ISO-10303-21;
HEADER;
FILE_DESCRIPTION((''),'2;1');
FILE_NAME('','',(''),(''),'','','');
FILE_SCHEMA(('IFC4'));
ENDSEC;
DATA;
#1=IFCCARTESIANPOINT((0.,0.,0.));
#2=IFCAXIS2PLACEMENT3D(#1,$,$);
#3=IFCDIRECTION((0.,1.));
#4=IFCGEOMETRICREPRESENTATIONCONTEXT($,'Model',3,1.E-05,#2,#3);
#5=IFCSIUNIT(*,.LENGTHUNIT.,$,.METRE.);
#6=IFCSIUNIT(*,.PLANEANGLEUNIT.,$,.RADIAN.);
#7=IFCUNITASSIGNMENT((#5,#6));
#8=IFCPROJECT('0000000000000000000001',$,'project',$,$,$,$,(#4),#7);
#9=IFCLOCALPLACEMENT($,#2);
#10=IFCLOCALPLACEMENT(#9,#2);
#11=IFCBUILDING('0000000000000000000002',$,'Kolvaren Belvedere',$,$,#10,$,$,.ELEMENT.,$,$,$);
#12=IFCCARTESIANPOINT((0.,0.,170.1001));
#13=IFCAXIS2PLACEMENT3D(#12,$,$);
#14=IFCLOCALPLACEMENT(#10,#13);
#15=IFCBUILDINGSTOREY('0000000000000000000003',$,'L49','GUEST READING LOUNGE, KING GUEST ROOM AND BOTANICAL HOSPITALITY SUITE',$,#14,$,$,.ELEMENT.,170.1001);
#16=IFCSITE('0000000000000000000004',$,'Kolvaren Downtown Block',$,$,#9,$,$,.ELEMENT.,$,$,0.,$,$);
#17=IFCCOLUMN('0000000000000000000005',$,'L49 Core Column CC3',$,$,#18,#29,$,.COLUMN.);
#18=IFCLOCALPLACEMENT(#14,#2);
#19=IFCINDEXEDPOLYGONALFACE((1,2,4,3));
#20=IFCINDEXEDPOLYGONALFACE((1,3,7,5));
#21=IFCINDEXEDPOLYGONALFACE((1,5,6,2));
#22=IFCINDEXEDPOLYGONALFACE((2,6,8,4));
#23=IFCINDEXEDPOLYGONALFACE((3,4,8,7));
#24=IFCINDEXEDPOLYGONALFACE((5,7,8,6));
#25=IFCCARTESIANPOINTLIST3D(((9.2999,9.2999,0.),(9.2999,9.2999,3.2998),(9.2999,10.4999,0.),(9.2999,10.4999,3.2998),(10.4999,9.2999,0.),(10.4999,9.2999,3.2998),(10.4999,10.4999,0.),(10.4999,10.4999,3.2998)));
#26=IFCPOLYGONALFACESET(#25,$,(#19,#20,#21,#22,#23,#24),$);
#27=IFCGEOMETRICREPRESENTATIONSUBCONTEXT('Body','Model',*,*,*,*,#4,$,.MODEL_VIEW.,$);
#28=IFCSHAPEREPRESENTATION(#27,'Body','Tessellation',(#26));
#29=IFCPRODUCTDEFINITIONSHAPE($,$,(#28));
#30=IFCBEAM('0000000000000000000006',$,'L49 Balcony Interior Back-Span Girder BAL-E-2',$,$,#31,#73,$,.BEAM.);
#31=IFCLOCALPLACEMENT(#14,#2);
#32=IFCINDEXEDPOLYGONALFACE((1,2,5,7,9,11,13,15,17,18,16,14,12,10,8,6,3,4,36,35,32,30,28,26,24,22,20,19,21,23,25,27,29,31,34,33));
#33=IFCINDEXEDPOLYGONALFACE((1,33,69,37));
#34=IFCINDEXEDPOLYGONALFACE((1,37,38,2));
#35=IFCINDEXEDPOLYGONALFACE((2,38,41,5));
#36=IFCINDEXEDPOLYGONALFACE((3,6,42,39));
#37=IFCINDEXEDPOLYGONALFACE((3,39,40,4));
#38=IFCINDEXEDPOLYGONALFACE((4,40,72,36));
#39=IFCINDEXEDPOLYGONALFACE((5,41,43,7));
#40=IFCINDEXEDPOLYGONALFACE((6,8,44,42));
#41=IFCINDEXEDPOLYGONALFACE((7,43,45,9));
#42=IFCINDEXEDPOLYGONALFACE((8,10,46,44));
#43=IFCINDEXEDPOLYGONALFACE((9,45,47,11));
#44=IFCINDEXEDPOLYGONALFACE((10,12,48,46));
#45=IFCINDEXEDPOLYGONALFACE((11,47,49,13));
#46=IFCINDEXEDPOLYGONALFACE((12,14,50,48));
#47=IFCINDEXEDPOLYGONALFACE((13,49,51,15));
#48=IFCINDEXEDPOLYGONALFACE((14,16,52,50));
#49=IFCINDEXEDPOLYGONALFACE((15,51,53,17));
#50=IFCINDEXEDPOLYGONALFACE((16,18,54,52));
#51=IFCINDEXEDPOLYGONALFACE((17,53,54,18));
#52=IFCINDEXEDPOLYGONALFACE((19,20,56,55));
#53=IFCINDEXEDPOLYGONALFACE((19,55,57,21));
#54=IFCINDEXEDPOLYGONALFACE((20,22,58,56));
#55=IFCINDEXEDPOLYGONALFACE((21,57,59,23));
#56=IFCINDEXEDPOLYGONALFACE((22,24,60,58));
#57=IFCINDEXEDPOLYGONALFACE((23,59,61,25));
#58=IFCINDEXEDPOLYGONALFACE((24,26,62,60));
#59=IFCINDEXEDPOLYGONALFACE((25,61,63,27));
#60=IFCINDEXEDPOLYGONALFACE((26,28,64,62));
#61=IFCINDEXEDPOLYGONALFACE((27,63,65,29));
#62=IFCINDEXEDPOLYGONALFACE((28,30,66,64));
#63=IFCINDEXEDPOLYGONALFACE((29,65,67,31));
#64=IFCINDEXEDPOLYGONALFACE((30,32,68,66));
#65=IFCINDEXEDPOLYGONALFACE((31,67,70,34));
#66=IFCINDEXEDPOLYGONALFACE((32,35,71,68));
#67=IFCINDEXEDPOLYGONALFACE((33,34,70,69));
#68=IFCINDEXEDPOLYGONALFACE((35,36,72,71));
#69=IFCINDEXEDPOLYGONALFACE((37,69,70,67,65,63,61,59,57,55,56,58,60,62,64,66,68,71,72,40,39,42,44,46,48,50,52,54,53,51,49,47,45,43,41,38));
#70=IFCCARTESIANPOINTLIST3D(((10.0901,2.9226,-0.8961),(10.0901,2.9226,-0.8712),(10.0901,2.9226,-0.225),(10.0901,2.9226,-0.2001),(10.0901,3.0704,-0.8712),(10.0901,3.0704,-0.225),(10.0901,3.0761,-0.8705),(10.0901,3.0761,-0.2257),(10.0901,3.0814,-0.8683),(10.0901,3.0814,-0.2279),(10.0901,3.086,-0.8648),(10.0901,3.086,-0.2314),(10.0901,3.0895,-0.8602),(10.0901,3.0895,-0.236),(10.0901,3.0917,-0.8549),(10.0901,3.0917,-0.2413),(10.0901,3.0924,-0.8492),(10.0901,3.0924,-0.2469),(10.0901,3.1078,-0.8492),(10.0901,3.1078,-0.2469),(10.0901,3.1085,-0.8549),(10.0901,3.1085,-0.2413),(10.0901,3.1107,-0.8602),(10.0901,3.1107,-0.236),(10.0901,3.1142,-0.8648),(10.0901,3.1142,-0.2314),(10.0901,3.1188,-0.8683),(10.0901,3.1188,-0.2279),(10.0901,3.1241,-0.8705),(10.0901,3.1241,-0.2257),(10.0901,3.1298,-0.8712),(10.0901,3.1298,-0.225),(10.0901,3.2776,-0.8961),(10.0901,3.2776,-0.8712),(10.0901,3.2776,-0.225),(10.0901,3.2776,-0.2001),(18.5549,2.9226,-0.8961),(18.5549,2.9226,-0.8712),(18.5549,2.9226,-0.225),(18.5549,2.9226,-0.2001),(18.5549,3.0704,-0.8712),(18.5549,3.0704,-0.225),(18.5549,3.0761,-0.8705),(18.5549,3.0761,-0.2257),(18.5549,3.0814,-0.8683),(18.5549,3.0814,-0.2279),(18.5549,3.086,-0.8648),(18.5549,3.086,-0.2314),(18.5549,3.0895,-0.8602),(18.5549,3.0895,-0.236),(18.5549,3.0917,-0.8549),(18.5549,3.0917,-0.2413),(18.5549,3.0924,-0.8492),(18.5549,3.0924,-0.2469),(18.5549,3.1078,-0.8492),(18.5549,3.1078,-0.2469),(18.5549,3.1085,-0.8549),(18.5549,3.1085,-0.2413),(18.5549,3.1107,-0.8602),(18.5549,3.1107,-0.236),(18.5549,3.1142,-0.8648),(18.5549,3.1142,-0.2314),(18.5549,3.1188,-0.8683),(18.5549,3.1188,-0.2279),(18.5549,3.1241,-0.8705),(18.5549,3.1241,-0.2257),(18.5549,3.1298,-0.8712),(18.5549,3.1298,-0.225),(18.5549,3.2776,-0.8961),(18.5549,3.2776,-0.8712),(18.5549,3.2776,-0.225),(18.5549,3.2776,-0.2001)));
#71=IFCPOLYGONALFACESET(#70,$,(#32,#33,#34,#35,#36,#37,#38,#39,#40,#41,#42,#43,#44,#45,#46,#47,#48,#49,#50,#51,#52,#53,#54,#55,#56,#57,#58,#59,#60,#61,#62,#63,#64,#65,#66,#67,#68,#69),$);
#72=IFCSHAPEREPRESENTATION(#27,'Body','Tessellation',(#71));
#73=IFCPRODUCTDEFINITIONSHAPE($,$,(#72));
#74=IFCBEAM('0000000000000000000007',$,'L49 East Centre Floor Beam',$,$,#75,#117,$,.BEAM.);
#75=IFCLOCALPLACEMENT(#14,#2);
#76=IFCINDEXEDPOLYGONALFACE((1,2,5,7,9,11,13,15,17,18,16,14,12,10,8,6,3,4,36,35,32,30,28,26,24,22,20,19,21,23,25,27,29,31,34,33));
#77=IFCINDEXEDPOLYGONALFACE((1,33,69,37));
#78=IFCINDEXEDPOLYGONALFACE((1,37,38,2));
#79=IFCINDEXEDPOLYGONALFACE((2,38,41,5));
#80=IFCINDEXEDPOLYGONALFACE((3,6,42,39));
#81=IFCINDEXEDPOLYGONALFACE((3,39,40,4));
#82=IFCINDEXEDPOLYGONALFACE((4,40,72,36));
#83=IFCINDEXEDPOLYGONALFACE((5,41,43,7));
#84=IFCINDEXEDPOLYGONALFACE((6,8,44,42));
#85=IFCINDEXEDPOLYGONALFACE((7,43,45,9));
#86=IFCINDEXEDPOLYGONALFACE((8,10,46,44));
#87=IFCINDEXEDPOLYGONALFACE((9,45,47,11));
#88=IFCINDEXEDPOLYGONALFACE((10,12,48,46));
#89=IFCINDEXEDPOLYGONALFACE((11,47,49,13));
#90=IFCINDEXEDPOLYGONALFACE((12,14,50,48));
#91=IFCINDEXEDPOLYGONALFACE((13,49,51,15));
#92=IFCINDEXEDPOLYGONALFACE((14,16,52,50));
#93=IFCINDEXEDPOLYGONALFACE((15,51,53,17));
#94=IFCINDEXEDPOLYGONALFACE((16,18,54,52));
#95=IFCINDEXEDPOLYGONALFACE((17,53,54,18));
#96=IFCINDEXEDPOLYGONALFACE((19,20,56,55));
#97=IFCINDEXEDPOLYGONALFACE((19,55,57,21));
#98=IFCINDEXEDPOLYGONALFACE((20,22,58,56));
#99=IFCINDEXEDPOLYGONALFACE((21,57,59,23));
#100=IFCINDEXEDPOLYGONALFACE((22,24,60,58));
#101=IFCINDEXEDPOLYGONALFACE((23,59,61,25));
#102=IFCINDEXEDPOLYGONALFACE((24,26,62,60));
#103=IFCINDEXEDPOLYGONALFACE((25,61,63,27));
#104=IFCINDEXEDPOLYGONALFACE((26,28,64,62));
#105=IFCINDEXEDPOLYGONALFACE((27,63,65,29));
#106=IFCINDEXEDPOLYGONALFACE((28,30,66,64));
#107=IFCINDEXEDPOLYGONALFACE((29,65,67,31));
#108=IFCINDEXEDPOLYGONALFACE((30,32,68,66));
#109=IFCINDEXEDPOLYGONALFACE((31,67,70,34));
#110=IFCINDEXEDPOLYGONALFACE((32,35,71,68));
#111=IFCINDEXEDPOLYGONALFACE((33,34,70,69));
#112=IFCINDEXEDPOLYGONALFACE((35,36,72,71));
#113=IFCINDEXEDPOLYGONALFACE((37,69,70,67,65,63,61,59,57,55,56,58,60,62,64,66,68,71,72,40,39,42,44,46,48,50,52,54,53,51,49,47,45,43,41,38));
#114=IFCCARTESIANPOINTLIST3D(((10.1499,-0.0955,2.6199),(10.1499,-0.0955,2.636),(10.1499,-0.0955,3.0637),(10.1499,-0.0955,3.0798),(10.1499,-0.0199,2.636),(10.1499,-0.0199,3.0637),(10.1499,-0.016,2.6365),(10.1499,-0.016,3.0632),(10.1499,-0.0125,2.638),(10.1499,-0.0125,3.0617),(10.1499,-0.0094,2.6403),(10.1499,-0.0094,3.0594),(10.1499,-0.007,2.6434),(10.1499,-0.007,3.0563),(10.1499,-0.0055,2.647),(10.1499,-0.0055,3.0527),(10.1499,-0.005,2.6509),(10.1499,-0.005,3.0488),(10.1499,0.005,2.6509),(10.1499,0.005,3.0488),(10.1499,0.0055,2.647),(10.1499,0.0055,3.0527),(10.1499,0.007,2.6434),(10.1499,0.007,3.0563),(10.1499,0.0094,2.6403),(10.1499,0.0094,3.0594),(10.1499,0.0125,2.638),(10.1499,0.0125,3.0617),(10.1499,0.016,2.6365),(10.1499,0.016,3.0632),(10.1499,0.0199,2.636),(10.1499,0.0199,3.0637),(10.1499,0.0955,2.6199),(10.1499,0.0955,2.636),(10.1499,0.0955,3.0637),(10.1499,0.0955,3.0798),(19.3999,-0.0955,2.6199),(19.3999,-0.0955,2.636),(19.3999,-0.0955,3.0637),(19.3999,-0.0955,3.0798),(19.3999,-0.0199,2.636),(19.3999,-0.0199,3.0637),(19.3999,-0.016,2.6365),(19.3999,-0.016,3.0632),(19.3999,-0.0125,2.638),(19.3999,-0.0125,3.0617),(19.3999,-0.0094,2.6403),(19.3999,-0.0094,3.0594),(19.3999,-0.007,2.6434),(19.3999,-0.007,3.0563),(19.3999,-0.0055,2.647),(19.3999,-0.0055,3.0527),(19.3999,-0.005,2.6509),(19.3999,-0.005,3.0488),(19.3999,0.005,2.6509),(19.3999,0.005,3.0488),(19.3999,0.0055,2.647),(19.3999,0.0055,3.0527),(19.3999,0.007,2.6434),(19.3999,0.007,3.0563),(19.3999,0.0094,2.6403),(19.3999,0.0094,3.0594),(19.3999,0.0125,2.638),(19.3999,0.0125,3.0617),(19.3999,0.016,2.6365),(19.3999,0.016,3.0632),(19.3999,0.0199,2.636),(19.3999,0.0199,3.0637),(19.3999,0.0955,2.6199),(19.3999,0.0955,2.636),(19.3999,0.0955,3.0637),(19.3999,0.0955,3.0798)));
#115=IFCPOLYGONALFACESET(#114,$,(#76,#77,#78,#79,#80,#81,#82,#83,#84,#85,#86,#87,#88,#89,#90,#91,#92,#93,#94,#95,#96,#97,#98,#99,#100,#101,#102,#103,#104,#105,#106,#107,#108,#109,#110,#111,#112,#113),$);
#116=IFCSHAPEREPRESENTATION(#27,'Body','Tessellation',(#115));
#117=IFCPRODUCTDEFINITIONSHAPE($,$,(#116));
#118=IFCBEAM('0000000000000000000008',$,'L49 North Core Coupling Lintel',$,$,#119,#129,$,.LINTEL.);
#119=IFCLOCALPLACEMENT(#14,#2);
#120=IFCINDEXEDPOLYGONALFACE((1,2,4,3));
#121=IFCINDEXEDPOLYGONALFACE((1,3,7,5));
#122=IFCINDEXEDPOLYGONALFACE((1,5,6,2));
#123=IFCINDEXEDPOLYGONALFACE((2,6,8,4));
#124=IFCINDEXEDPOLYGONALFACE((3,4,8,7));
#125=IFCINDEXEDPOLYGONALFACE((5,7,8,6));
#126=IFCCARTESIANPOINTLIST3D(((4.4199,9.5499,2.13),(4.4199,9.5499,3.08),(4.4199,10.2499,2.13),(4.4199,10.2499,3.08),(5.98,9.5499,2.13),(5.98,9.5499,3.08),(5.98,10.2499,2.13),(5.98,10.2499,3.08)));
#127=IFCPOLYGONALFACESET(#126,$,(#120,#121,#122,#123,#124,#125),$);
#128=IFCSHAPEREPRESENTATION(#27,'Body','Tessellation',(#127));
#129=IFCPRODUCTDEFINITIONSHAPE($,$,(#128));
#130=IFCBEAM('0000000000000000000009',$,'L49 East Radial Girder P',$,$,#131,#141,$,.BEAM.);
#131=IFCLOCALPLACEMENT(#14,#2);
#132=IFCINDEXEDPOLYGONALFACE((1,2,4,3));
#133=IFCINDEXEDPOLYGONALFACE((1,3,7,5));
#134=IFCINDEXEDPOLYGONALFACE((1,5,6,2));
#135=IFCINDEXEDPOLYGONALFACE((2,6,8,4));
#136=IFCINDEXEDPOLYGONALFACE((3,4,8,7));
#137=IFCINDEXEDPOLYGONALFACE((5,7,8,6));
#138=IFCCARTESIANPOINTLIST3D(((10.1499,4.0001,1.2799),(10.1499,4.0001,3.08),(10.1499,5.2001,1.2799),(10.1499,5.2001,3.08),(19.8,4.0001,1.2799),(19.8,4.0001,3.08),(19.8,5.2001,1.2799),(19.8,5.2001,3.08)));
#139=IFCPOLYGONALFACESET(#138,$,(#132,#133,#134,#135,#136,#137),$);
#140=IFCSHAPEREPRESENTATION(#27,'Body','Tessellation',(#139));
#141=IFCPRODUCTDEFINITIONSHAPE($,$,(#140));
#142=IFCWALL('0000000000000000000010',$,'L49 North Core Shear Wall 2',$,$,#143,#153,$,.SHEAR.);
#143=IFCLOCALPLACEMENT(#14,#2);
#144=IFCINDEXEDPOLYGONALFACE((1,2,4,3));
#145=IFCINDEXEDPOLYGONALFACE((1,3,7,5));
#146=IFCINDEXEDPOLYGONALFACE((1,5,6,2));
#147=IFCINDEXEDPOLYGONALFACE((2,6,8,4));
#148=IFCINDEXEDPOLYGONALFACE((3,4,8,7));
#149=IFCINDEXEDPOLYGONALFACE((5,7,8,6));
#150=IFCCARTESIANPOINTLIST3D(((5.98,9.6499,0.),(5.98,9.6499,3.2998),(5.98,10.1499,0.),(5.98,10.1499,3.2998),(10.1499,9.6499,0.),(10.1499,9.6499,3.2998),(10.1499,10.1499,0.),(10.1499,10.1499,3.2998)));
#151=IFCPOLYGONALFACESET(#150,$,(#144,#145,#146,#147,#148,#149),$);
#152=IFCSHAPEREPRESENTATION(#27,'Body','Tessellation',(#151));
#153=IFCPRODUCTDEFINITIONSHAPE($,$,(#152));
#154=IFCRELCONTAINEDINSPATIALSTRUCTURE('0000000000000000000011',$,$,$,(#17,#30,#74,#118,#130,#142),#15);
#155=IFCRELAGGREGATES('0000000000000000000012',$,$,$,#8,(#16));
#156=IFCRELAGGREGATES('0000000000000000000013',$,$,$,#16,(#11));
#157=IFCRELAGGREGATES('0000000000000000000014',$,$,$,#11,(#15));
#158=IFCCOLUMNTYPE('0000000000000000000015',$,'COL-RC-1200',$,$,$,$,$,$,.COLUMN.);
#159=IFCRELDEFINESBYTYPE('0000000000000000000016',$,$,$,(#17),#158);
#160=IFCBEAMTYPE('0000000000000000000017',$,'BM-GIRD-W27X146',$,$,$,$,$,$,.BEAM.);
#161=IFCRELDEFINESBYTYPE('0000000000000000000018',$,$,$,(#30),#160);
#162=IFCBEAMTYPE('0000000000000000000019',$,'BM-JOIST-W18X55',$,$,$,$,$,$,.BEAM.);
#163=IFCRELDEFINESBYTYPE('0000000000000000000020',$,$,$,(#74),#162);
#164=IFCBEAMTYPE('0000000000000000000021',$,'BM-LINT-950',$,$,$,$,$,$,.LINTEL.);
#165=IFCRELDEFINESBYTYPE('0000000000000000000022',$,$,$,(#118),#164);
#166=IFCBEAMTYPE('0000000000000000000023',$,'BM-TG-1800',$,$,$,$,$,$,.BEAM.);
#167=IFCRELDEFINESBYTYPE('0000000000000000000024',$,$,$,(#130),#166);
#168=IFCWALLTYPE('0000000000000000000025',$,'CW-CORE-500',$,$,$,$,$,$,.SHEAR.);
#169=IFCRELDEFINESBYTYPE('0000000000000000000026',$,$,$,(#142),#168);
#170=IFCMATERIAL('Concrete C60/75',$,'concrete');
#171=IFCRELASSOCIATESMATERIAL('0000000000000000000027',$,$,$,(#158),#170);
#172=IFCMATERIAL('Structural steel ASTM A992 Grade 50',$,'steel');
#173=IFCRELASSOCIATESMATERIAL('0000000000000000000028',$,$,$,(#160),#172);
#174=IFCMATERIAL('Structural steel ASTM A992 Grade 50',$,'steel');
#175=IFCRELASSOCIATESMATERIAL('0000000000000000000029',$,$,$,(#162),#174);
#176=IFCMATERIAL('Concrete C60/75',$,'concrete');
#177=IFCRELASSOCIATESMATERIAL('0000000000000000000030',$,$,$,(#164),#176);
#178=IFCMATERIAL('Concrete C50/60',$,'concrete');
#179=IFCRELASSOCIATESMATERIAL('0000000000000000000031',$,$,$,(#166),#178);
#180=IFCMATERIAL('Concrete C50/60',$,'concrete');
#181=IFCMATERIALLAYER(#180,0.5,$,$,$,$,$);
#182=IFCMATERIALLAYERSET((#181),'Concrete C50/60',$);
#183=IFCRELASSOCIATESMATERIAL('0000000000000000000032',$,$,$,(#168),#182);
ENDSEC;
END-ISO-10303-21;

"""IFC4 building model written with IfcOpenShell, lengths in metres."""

from ifc_helpers import new_model, si_unit, direction, frame, frame_2d, origin, origin_2d, place, context, subcontext, project, spatial, rectangle, i_section, extrude, material, layer, layer_set, material_profile, profile_set, type_object, element, save


model = new_model("IFC4")

# Units and contexts
model_context = context("Model", 3, precision=1e-05, world=origin(), true_north=direction((0.0, 1.0)))
body_context = subcontext(model_context, "Body", "Model", "MODEL_VIEW")
ifc_project = project(units=[si_unit("LENGTHUNIT", "METRE"), si_unit("PLANEANGLEUNIT", "RADIAN")], contexts=[model_context])

# Site, building, storey
site_placement = place(None, origin())
site = spatial("IfcSite", under=ifc_project, at=site_placement, Name="Kolvaren Downtown Block", CompositionType="ELEMENT", RefElevation=0.0)
building_placement = place(site_placement, origin())
building = spatial("IfcBuilding", under=site, at=building_placement, Name="Kolvaren Belvedere", CompositionType="ELEMENT")
storey_placement = place(building_placement, frame((0.0, 0.0, 170.1001)))
storey = spatial("IfcBuildingStorey", under=building, at=storey_placement, Name="L49", Description="GUEST READING LOUNGE, KING GUEST ROOM AND BOTANICAL HOSPITALITY SUITE", CompositionType="ELEMENT", Elevation=170.1001)

# Column
ifc_material_1 = material(Name="Concrete C60/75", Category="concrete")
ifc_material_profile_1 = material_profile(ifc_material_1, rectangle(XDim=1.2, YDim=1.2, at=origin_2d()), Name="RC 1200X1200")
ifc_profile_set_1 = profile_set([ifc_material_profile_1], Name="Concrete C60/75")
column_type = type_object("IfcColumnType", Name="COL-RC-1200", PredefinedType="COLUMN", material=ifc_profile_set_1)
column_placement = place(storey_placement, frame((9.8999, 9.8999, 0.0), z_axis=(0.0, 0.0, 1.0), x_axis=(1.0, 0.0, 0.0)))
element("IfcColumn", 1, at=column_placement, inside=storey, type_object=column_type, Name="L49 Core Column CC3", PredefinedType="COLUMN", context=body_context, shape_type="SweptSolid", body=[
    extrude(rectangle(XDim=1.2, YDim=1.2, at=origin_2d()), origin(), (0.0, 0.0, 1.0), 3.2998),
])

# Beams
ifc_material_2 = material(Name="Structural steel ASTM A992 Grade 50", Category="steel")
ifc_material_profile_2 = material_profile(ifc_material_2, i_section(OverallWidth=0.355, OverallDepth=0.696, WebThickness=0.0154, FlangeThickness=0.0249, FilletRadius=0.022, at=origin_2d()), Name="W27X146")
ifc_profile_set_2 = profile_set([ifc_material_profile_2], Name="Structural steel ASTM A992 Grade 50")
beam_type_1 = type_object("IfcBeamType", Name="BM-GIRD-W27X146", PredefinedType="BEAM", material=ifc_profile_set_2)
beam_1_placement = place(storey_placement, frame((10.0901, 3.1001, -0.5481), z_axis=(1.0, 0.0, 0.0), x_axis=(0.0, 1.0, 0.0)))
element("IfcBeam", 2, at=beam_1_placement, inside=storey, type_object=beam_type_1, Name="L49 Balcony Interior Back-Span Girder BAL-E-2", PredefinedType="BEAM", context=body_context, shape_type="SweptSolid", body=[
    extrude(i_section(OverallWidth=0.355, OverallDepth=0.696, WebThickness=0.0154, FlangeThickness=0.0249, FilletRadius=0.022, at=origin_2d()), origin(), (0.0, 0.0, 1.0), 8.4648),
])
ifc_material_3 = material(Name="Structural steel ASTM A992 Grade 50", Category="steel")
ifc_material_profile_3 = material_profile(ifc_material_3, i_section(OverallWidth=0.1909, OverallDepth=0.46, WebThickness=0.01, FlangeThickness=0.0161, FilletRadius=0.0149, at=origin_2d()), Name="W18X55")
ifc_profile_set_3 = profile_set([ifc_material_profile_3], Name="Structural steel ASTM A992 Grade 50")
beam_type_2 = type_object("IfcBeamType", Name="BM-JOIST-W18X55", PredefinedType="BEAM", material=ifc_profile_set_3)
beam_2_placement = place(storey_placement, frame((10.1499, 0.0, 2.8499), z_axis=(1.0, 0.0, 0.0), x_axis=(0.0, 1.0, 0.0)))
element("IfcBeam", 3, at=beam_2_placement, inside=storey, type_object=beam_type_2, Name="L49 East Centre Floor Beam", PredefinedType="BEAM", context=body_context, shape_type="SweptSolid", body=[
    extrude(i_section(OverallWidth=0.1909, OverallDepth=0.46, WebThickness=0.01, FlangeThickness=0.0161, FilletRadius=0.0149, at=origin_2d()), origin(), (0.0, 0.0, 1.0), 9.25),
])
ifc_material_4 = material(Name="Concrete C60/75", Category="concrete")
ifc_material_profile_4 = material_profile(ifc_material_4, rectangle(XDim=0.7, YDim=0.95, at=origin_2d()), Name="RC 700X950")
ifc_profile_set_4 = profile_set([ifc_material_profile_4], Name="Concrete C60/75")
beam_type_3 = type_object("IfcBeamType", Name="BM-LINT-950", PredefinedType="LINTEL", material=ifc_profile_set_4)
beam_3_placement = place(storey_placement, frame((4.4199, 9.8999, 2.605), z_axis=(1.0, 0.0, 0.0), x_axis=(0.0, 1.0, 0.0)))
element("IfcBeam", 4, at=beam_3_placement, inside=storey, type_object=beam_type_3, Name="L49 North Core Coupling Lintel", PredefinedType="LINTEL", context=body_context, shape_type="SweptSolid", body=[
    extrude(rectangle(XDim=0.7, YDim=0.95, at=origin_2d()), origin(), (0.0, 0.0, 1.0), 1.5601),
])
ifc_material_5 = material(Name="Concrete C50/60", Category="concrete")
ifc_material_profile_5 = material_profile(ifc_material_5, rectangle(XDim=1.2, YDim=1.8, at=origin_2d()), Name="RC 1200X1800")
ifc_profile_set_5 = profile_set([ifc_material_profile_5], Name="Concrete C50/60")
beam_type_4 = type_object("IfcBeamType", Name="BM-TG-1800", PredefinedType="BEAM", material=ifc_profile_set_5)
beam_4_placement = place(storey_placement, frame((10.1499, 4.6001, 2.1799), z_axis=(1.0, 0.0, 0.0), x_axis=(0.0, 1.0, 0.0)))
element("IfcBeam", 5, at=beam_4_placement, inside=storey, type_object=beam_type_4, Name="L49 East Radial Girder P", PredefinedType="BEAM", context=body_context, shape_type="SweptSolid", body=[
    extrude(rectangle(XDim=1.2, YDim=1.8, at=origin_2d()), origin(), (0.0, 0.0, 1.0), 9.6501),
])

# Wall
ifc_material_6 = material(Name="Concrete C50/60", Category="concrete")
ifc_layer_1 = layer(ifc_material_6, 0.5)
ifc_layer_set_1 = layer_set([ifc_layer_1], Name="Concrete C50/60")
wall_type_1 = type_object("IfcWallType", Name="CW-CORE-500", PredefinedType="SHEAR", material=ifc_layer_set_1)
wall_1_placement = place(storey_placement, frame((5.98, 9.8999, 0.0), z_axis=(0.0, 0.0, 1.0), x_axis=(1.0, 0.0, 0.0)))
element("IfcWall", 6, at=wall_1_placement, inside=storey, type_object=wall_type_1, Name="L49 North Core Shear Wall 2", PredefinedType="SHEAR", context=body_context, shape_type="SweptSolid", body=[
    extrude(rectangle(XDim=4.1699, YDim=0.5, at=frame_2d((2.085, 0.0))), origin(), (0.0, 0.0, 1.0), 3.2998),
])

save(model, "model.ifc")
